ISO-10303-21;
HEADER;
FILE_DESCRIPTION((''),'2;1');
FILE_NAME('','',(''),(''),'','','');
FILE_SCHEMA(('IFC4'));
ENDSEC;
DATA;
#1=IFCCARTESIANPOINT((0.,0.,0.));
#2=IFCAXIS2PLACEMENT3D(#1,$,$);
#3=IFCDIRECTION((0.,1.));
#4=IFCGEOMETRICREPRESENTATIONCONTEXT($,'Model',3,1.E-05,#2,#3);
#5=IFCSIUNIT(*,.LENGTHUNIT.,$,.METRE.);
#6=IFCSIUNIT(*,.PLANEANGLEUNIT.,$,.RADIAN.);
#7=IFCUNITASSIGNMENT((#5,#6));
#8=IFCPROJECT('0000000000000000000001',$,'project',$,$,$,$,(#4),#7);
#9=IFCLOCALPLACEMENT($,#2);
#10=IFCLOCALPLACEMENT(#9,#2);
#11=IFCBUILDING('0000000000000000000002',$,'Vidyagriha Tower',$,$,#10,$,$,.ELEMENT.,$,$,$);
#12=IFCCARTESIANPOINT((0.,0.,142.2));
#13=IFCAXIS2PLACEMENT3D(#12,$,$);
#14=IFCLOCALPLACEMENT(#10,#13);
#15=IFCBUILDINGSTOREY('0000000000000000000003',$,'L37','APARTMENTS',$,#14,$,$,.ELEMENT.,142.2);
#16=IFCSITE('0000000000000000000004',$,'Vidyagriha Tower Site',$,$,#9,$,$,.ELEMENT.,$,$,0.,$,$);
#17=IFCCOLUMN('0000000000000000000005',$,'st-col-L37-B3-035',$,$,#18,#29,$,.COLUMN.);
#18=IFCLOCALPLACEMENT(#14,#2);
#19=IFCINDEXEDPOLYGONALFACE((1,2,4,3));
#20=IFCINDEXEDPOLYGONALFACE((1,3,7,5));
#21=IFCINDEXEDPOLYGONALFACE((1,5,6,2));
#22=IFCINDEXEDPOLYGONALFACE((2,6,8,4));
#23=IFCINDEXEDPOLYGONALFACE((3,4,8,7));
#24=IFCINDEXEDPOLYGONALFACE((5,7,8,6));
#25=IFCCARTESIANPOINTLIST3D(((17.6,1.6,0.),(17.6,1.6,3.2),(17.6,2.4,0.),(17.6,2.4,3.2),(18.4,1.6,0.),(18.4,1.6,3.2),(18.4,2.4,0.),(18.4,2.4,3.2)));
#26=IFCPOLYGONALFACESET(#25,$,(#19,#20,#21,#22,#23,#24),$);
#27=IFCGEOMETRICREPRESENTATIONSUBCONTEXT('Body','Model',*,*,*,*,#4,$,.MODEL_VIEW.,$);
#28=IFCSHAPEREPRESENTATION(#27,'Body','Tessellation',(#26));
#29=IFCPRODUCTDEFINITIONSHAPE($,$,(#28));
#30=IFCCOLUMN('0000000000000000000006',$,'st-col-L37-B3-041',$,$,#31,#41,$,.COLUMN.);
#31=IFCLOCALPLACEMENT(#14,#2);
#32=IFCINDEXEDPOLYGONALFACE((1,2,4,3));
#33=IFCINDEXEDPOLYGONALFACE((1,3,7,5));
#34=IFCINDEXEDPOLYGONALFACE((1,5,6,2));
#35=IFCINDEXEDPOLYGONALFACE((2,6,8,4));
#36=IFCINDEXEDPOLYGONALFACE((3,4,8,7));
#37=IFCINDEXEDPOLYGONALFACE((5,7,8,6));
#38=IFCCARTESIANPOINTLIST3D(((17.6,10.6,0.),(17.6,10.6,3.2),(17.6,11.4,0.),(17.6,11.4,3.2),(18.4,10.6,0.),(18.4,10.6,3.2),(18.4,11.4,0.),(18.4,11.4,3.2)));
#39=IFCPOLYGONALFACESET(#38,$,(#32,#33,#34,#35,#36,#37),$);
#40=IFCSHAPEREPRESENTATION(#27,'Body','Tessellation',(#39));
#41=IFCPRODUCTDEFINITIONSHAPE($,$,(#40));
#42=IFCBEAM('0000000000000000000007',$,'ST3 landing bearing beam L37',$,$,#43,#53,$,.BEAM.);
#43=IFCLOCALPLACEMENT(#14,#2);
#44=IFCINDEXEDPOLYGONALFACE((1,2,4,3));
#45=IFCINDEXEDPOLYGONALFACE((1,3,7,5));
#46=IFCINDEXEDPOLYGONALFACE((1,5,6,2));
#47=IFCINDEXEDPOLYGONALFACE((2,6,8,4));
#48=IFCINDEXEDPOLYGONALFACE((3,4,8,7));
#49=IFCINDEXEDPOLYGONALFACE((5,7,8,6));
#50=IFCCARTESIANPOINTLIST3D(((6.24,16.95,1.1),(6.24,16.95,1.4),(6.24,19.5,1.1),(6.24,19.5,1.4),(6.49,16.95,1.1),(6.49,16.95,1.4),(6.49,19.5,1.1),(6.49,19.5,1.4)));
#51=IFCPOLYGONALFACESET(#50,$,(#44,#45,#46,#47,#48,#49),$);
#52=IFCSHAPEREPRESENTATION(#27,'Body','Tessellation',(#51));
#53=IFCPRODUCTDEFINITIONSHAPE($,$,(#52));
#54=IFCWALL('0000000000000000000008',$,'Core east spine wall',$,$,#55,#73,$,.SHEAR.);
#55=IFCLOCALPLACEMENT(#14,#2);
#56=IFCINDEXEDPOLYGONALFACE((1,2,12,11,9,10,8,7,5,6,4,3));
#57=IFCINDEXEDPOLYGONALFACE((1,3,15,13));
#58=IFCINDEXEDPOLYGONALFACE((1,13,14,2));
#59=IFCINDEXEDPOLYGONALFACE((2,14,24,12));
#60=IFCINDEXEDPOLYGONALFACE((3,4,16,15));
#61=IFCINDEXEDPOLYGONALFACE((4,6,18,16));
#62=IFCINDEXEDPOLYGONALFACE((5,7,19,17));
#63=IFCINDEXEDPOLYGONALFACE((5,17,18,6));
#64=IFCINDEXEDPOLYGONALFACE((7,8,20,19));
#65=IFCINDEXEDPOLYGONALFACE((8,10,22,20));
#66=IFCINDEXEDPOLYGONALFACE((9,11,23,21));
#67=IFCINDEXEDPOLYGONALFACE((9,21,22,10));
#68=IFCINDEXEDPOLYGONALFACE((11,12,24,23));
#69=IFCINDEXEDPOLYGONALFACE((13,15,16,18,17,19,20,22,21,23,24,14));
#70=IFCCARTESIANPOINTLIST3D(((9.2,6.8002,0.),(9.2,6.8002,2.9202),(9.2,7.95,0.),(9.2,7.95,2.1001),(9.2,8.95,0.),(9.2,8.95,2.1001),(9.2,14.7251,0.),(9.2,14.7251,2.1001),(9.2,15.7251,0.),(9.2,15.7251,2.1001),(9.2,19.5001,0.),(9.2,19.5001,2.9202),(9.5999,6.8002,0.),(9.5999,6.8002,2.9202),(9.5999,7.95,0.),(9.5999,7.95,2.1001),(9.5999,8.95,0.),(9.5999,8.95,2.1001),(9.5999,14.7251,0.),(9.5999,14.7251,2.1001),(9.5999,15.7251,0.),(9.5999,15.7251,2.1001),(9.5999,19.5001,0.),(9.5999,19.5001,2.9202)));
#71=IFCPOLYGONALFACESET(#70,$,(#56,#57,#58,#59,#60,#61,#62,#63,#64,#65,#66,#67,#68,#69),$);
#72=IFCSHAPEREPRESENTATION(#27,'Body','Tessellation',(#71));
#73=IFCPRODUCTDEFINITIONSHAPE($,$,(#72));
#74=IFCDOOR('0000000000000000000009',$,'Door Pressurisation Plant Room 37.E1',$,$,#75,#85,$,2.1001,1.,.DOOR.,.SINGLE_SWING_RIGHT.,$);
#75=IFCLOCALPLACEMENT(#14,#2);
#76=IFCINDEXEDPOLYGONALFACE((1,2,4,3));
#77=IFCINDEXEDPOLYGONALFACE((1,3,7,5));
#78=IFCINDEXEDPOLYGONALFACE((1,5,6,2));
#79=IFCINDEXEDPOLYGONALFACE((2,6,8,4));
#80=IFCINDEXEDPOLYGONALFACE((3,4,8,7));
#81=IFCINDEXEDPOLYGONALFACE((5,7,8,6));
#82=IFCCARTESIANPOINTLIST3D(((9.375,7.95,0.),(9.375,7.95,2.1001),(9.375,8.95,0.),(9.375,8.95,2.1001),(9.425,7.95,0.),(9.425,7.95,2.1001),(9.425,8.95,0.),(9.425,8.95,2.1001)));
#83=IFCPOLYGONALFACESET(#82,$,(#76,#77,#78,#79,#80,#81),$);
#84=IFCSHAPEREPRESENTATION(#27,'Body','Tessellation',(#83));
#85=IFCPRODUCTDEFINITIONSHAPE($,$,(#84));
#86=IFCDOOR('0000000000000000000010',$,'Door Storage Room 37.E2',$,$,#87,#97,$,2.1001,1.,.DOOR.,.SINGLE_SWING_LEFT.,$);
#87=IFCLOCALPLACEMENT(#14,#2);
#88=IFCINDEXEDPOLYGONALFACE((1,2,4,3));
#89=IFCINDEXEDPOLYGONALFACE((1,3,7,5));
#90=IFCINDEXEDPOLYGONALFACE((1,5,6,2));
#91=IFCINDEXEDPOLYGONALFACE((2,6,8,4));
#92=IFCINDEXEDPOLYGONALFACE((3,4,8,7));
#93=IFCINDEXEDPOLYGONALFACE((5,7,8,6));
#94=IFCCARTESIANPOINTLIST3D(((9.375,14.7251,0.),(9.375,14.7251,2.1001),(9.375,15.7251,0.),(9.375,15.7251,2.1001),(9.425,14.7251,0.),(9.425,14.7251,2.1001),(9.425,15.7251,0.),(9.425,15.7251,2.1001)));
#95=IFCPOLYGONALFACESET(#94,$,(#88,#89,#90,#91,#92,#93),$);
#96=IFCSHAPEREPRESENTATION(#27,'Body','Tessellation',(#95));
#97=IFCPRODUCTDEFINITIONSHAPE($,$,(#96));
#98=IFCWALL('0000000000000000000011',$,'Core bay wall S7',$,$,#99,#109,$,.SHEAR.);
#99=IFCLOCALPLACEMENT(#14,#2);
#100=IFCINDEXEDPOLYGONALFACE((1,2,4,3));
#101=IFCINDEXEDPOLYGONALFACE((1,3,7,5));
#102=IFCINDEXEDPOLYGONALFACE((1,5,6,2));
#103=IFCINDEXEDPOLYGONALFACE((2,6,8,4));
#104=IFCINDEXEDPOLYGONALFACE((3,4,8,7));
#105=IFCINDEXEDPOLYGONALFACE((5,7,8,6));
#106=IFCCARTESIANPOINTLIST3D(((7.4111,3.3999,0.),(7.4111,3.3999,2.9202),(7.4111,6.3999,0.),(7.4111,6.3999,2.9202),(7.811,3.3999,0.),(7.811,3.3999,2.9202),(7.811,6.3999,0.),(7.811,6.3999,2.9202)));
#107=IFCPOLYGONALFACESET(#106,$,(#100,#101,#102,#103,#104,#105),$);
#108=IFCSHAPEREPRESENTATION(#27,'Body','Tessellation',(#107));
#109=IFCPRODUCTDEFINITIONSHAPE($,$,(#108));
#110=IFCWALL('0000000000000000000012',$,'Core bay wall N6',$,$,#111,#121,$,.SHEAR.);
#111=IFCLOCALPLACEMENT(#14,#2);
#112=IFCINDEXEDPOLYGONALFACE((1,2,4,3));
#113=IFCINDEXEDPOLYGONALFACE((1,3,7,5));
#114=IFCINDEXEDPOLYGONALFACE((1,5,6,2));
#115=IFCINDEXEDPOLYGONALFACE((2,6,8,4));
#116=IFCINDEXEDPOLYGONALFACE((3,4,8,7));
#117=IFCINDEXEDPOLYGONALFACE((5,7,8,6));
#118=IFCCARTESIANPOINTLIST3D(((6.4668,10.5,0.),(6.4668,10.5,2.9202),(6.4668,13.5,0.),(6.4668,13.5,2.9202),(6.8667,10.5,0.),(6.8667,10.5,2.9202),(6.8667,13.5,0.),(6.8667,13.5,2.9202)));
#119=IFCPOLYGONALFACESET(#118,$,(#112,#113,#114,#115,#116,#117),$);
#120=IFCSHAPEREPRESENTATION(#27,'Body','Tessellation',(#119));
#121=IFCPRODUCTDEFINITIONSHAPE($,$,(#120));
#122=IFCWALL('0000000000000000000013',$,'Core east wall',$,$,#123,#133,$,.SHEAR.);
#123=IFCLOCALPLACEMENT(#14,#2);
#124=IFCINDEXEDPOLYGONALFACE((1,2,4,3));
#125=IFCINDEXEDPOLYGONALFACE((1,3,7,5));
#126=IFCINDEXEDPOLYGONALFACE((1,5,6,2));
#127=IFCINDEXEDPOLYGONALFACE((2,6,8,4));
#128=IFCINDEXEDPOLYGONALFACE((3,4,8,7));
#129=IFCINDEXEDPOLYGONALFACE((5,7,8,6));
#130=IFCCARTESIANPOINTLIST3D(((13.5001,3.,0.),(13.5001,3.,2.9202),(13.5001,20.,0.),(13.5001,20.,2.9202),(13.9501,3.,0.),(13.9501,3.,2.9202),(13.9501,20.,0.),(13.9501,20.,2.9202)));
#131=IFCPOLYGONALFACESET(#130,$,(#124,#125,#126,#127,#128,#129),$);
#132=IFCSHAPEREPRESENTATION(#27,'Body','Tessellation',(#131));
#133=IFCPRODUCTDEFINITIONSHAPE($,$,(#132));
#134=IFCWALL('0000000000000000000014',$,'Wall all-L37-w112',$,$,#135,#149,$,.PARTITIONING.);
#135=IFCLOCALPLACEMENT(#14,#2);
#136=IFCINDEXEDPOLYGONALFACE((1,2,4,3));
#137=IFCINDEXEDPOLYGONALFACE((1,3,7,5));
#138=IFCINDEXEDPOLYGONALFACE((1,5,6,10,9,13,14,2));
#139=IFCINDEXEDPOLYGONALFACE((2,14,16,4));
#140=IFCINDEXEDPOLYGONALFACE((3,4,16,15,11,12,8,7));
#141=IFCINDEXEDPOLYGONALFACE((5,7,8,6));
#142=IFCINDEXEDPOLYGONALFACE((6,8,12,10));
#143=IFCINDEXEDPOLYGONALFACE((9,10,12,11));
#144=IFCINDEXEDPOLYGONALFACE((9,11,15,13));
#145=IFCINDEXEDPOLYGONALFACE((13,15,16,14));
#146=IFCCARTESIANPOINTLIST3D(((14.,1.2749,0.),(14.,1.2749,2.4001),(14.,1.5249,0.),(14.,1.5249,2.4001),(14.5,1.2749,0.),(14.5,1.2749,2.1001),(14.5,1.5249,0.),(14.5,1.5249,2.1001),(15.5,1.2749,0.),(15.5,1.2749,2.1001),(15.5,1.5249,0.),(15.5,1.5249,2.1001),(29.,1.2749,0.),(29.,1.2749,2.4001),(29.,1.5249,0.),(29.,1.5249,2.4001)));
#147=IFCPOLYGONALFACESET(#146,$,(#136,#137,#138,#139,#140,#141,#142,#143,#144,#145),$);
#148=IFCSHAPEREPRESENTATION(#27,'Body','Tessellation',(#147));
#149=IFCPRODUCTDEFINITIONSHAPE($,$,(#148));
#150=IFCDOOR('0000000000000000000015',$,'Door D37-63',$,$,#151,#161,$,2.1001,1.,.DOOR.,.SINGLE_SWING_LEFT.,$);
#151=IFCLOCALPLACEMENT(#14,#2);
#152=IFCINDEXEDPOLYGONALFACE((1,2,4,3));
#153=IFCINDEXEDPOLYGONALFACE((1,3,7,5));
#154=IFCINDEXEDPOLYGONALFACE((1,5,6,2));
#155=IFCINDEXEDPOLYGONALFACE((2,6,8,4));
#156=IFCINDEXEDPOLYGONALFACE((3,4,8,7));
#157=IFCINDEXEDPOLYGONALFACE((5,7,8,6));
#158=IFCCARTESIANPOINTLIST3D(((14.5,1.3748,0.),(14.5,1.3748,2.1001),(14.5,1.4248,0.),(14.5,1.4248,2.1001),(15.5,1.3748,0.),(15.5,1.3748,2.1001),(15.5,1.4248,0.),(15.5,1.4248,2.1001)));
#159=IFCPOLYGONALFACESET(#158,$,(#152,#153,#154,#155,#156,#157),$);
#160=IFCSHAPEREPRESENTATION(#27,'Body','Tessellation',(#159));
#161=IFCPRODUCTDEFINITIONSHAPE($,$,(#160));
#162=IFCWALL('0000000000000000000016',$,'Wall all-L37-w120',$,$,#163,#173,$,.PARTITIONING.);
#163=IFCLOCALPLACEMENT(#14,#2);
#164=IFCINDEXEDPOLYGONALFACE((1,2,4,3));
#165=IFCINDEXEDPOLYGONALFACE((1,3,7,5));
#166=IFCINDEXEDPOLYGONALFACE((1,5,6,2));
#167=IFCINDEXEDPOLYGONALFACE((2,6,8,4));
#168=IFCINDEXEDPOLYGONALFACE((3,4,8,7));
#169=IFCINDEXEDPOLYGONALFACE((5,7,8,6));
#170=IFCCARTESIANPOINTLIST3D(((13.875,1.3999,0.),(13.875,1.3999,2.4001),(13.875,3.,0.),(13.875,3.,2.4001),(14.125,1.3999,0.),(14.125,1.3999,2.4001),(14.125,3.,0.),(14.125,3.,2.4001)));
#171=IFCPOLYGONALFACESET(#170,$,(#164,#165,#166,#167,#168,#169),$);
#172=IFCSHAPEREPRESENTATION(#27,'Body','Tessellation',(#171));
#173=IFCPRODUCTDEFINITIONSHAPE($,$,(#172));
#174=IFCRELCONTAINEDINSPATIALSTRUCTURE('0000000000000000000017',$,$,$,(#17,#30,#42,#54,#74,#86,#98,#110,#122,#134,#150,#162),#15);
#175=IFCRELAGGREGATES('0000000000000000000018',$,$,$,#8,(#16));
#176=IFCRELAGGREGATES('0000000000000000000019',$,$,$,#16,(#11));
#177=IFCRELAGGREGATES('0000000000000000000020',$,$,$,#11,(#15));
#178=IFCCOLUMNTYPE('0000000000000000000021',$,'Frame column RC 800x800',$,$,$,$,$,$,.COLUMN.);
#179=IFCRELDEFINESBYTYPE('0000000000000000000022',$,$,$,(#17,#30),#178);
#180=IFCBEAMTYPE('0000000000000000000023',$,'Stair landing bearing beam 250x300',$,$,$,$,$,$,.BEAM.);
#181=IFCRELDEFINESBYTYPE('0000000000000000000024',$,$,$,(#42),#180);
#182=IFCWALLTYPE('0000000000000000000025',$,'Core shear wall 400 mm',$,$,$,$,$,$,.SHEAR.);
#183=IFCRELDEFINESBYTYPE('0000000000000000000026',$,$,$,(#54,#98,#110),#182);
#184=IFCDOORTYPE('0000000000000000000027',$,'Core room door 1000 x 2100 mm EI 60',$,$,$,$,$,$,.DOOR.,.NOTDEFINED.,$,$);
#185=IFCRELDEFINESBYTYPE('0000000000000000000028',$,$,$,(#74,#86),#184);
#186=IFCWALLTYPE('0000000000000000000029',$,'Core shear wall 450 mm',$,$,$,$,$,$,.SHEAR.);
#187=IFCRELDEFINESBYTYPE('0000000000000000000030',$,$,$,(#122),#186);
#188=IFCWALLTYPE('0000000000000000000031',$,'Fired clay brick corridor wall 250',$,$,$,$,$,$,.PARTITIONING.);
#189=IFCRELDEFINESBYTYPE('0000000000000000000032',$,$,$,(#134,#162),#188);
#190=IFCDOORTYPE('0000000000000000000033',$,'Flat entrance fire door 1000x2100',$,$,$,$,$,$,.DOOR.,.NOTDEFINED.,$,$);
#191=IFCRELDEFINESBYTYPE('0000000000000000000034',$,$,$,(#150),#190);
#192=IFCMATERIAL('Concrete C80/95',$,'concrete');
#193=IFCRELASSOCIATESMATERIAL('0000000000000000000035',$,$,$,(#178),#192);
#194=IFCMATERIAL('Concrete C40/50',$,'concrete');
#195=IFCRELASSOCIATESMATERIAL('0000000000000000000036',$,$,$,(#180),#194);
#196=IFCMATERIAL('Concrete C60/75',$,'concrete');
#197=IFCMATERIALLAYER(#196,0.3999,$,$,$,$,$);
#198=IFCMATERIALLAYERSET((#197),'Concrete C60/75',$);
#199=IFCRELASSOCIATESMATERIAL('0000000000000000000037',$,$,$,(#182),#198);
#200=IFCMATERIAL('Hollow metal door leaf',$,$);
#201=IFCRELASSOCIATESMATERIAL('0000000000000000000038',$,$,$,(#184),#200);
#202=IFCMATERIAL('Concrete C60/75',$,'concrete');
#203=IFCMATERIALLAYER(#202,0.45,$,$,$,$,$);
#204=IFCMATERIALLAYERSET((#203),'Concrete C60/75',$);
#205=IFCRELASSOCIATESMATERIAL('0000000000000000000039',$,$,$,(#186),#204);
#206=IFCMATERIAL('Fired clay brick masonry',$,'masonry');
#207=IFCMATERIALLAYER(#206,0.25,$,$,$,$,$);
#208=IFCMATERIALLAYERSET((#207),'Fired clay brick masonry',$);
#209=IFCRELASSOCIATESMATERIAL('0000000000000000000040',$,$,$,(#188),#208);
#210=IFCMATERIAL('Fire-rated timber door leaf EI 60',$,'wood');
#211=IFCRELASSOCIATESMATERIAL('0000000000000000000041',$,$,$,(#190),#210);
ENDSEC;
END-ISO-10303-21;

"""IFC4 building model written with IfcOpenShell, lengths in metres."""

from ifc_helpers import new_model, si_unit, direction, frame, frame_2d, origin, origin_2d, place, context, subcontext, project, spatial, rectangle, extrude, material, layer, layer_set, material_profile, profile_set, type_object, element, fill, save


model = new_model("IFC4")

# Units and contexts
model_context = context("Model", 3, precision=1e-05, world=origin(), true_north=direction((0.0, 1.0)))
body_context = subcontext(model_context, "Body", "Model", "MODEL_VIEW")
ifc_project = project(units=[si_unit("LENGTHUNIT", "METRE"), si_unit("PLANEANGLEUNIT", "RADIAN")], contexts=[model_context])

# Site, building, storey
site_placement = place(None, origin())
site = spatial("IfcSite", under=ifc_project, at=site_placement, Name="Vidyagriha Tower Site", CompositionType="ELEMENT", RefElevation=0.0)
building_placement = place(site_placement, origin())
building = spatial("IfcBuilding", under=site, at=building_placement, Name="Vidyagriha Tower", CompositionType="ELEMENT")
storey_placement = place(building_placement, frame((0.0, 0.0, 142.2)))
storey = spatial("IfcBuildingStorey", under=building, at=storey_placement, Name="L37", Description="APARTMENTS", CompositionType="ELEMENT", Elevation=142.2)

# Columns
ifc_material_1 = material(Name="Concrete C80/95", Category="concrete")
ifc_material_profile_1 = material_profile(ifc_material_1, rectangle(XDim=0.8, YDim=0.8, at=origin_2d()), Name="RC 800x800")
ifc_profile_set_1 = profile_set([ifc_material_profile_1], Name="Concrete C80/95")
column_type = type_object("IfcColumnType", Name="Frame column RC 800x800", PredefinedType="COLUMN", material=ifc_profile_set_1)
for number, where, name in (
    (1, (18.0, 2.0, 0.0), "st-col-L37-B3-035"),
    (2, (18.0, 11.0, 0.0), "st-col-L37-B3-041"),
):
    element("IfcColumn", number, at=place(storey_placement, frame(where)), inside=storey, type_object=column_type, Name=name, PredefinedType="COLUMN", context=body_context, shape_type="SweptSolid", body=[
        extrude(rectangle(XDim=0.8, YDim=0.8, at=origin_2d()), origin(), (0.0, 0.0, 1.0), 3.2),
    ])

# Beam
ifc_material_2 = material(Name="Concrete C40/50", Category="concrete")
ifc_material_profile_2 = material_profile(ifc_material_2, rectangle(XDim=0.25, YDim=0.3, at=origin_2d()), Name="Stair landing bearing beam 250x300")
ifc_profile_set_2 = profile_set([ifc_material_profile_2], Name="Concrete C40/50")
beam_type = type_object("IfcBeamType", Name="Stair landing bearing beam 250x300", PredefinedType="BEAM", material=ifc_profile_set_2)
beam_placement = place(storey_placement, frame((6.365, 16.95, 1.25), z_axis=(0.0, 1.0, 0.0), x_axis=(-1.0, 0.0, 0.0)))
element("IfcBeam", 3, at=beam_placement, inside=storey, type_object=beam_type, Name="ST3 landing bearing beam L37", PredefinedType="BEAM", context=body_context, shape_type="SweptSolid", body=[
    extrude(rectangle(XDim=0.25, YDim=0.3, at=origin_2d()), origin(), (0.0, 0.0, 1.0), 2.55),
])

# Wall, openings, doors
ifc_material_3 = material(Name="Concrete C60/75", Category="concrete")
ifc_layer_1 = layer(ifc_material_3, 0.3999)
ifc_layer_set_1 = layer_set([ifc_layer_1], Name="Concrete C60/75")
wall_type_1 = type_object("IfcWallType", Name="Core shear wall 400 mm", PredefinedType="SHEAR", material=ifc_layer_set_1)
wall_1_placement = place(storey_placement, frame((9.3999, 6.8, 0.0), z_axis=(0.0, 0.0, 1.0), x_axis=(0.0, 1.0, 0.0)))
wall_1 = element("IfcWall", 4, at=wall_1_placement, inside=storey, type_object=wall_type_1, Name="Core east spine wall", PredefinedType="SHEAR", context=body_context, shape_type="SweptSolid", body=[
    extrude(rectangle(XDim=12.7, YDim=0.3999, at=frame_2d((6.3501, 0.0))), origin(), (0.0, 0.0, 1.0), 2.9202),
])
opening_1_placement = place(wall_1_placement, frame((1.1499, 0.0, 0.0)))
opening_1 = element("IfcOpeningElement", 5, at=opening_1_placement, cuts=wall_1, PredefinedType="OPENING", context=body_context, shape_type="SweptSolid", body=[
    extrude(rectangle(XDim=1.0, YDim=2.1001, at=frame_2d((0.5, 1.05))), frame((0.0, 0.21, 0.0), z_axis=(0.0, -1.0, 0.0), x_axis=(1.0, 0.0, 0.0)), (0.0, 0.0, 1.0), 0.4199),
])
opening_2_placement = place(wall_1_placement, frame((7.925, 0.0, 0.0)))
opening_2 = element("IfcOpeningElement", 6, at=opening_2_placement, cuts=wall_1, PredefinedType="OPENING", context=body_context, shape_type="SweptSolid", body=[
    extrude(rectangle(XDim=1.0, YDim=2.1001, at=frame_2d((0.5, 1.05))), frame((0.0, 0.21, 0.0), z_axis=(0.0, -1.0, 0.0), x_axis=(1.0, 0.0, 0.0)), (0.0, 0.0, 1.0), 0.4199),
])
ifc_material_4 = material(Name="Hollow metal door leaf")
door_type_1 = type_object("IfcDoorType", Name="Core room door 1000 x 2100 mm EI 60", OperationType="NOTDEFINED", PredefinedType="DOOR", material=ifc_material_4)
door_1_placement = place(opening_1_placement, origin())
door_1 = element("IfcDoor", 7, at=door_1_placement, inside=storey, type_object=door_type_1, Name="Door Pressurisation Plant Room 37.E1", OperationType="SINGLE_SWING_RIGHT", OverallHeight=2.1001, OverallWidth=1.0, PredefinedType="DOOR", context=body_context, shape_type="SweptSolid", body=[
    extrude(rectangle(XDim=1.0, YDim=2.1001, at=frame_2d((0.5, 1.05))), frame((0.0, 0.0249, 0.0), z_axis=(0.0, -1.0, 0.0), x_axis=(1.0, 0.0, 0.0)), (0.0, 0.0, 1.0), 0.05),
])
fill(opening_1, door_1)
door_2_placement = place(opening_2_placement, origin())
door_2 = element("IfcDoor", 8, at=door_2_placement, inside=storey, type_object=door_type_1, Name="Door Storage Room 37.E2", OperationType="SINGLE_SWING_LEFT", OverallHeight=2.1001, OverallWidth=1.0, PredefinedType="DOOR", context=body_context, shape_type="SweptSolid", body=[
    extrude(rectangle(XDim=1.0, YDim=2.1001, at=frame_2d((0.5, 1.05))), frame((0.0, 0.0249, 0.0), z_axis=(0.0, -1.0, 0.0), x_axis=(1.0, 0.0, 0.0)), (0.0, 0.0, 1.0), 0.05),
])
fill(opening_2, door_2)

# Walls
for number, where, z_axis, x_axis, name in (
    (9, (7.6111, 3.3999, 0.0), (0.0, 0.0, 1.0), (0.0, 1.0, 0.0), "Core bay wall S7"),
    (10, (6.6667, 10.5, 0.0), (0.0, 0.0, 1.0), (0.0, 1.0, 0.0), "Core bay wall N6"),
):
    element("IfcWall", number, at=place(storey_placement, frame(where, z_axis=z_axis, x_axis=x_axis)), inside=storey, type_object=wall_type_1, Name=name, PredefinedType="SHEAR", context=body_context, shape_type="SweptSolid", body=[
        extrude(rectangle(XDim=3.0, YDim=0.3999, at=frame_2d((1.5, 0.0))), origin(), (0.0, 0.0, 1.0), 2.9202),
    ])
ifc_material_5 = material(Name="Concrete C60/75", Category="concrete")
ifc_layer_2 = layer(ifc_material_5, 0.45)
ifc_layer_set_2 = layer_set([ifc_layer_2], Name="Concrete C60/75")
wall_type_2 = type_object("IfcWallType", Name="Core shear wall 450 mm", PredefinedType="SHEAR", material=ifc_layer_set_2)
wall_2_placement = place(storey_placement, frame((13.7251, 3.0, 0.0), z_axis=(0.0, 0.0, 1.0), x_axis=(0.0, 1.0, 0.0)))
element("IfcWall", 11, at=wall_2_placement, inside=storey, type_object=wall_type_2, Name="Core east wall", PredefinedType="SHEAR", context=body_context, shape_type="SweptSolid", body=[
    extrude(rectangle(XDim=17.0, YDim=0.45, at=frame_2d((8.5, 0.0))), origin(), (0.0, 0.0, 1.0), 2.9202),
])

# Wall, opening, door
ifc_material_6 = material(Name="Fired clay brick masonry", Category="masonry")
ifc_layer_3 = layer(ifc_material_6, 0.25)
ifc_layer_set_3 = layer_set([ifc_layer_3], Name="Fired clay brick masonry")
wall_type_3 = type_object("IfcWallType", Name="Fired clay brick corridor wall 250", PredefinedType="PARTITIONING", material=ifc_layer_set_3)
wall_3_placement = place(storey_placement, frame((14.0, 1.3999, 0.0)))
wall_3 = element("IfcWall", 12, at=wall_3_placement, inside=storey, type_object=wall_type_3, Name="Wall all-L37-w112", PredefinedType="PARTITIONING", context=body_context, shape_type="SweptSolid", body=[
    extrude(rectangle(XDim=15.0, YDim=0.25, at=frame_2d((7.5, 0.0))), origin(), (0.0, 0.0, 1.0), 2.4001),
])
opening_3_placement = place(wall_3_placement, frame((0.5, 0.0, 0.0)))
opening_3 = element("IfcOpeningElement", 13, at=opening_3_placement, cuts=wall_3, PredefinedType="OPENING", context=body_context, shape_type="SweptSolid", body=[
    extrude(rectangle(XDim=1.0, YDim=2.1001, at=frame_2d((0.5, 1.05))), frame((0.0, 0.135, 0.0), z_axis=(0.0, -1.0, 0.0), x_axis=(1.0, 0.0, 0.0)), (0.0, 0.0, 1.0), 0.27),
])
ifc_material_7 = material(Name="Fire-rated timber door leaf EI 60", Category="wood")
door_type_2 = type_object("IfcDoorType", Name="Flat entrance fire door 1000x2100", OperationType="NOTDEFINED", PredefinedType="DOOR", material=ifc_material_7)
door_3_placement = place(opening_3_placement, origin())
door_3 = element("IfcDoor", 14, at=door_3_placement, inside=storey, type_object=door_type_2, Name="Door D37-63", OperationType="SINGLE_SWING_LEFT", OverallHeight=2.1001, OverallWidth=1.0, PredefinedType="DOOR", context=body_context, shape_type="SweptSolid", body=[
    extrude(rectangle(XDim=1.0, YDim=2.1001, at=frame_2d((0.5, 1.05))), frame((0.0, 0.0249, 0.0), z_axis=(0.0, -1.0, 0.0), x_axis=(1.0, 0.0, 0.0)), (0.0, 0.0, 1.0), 0.05),
])
fill(opening_3, door_3)

# Wall
wall_4_placement = place(storey_placement, frame((14.0, 1.3999, 0.0), z_axis=(0.0, 0.0, 1.0), x_axis=(0.0, 1.0, 0.0)))
element("IfcWall", 15, at=wall_4_placement, inside=storey, type_object=wall_type_3, Name="Wall all-L37-w120", PredefinedType="PARTITIONING", context=body_context, shape_type="SweptSolid", body=[
    extrude(rectangle(XDim=1.6001, YDim=0.25, at=frame_2d((0.8, 0.0))), origin(), (0.0, 0.0, 1.0), 2.4001),
])

save(model, "model.ifc")
